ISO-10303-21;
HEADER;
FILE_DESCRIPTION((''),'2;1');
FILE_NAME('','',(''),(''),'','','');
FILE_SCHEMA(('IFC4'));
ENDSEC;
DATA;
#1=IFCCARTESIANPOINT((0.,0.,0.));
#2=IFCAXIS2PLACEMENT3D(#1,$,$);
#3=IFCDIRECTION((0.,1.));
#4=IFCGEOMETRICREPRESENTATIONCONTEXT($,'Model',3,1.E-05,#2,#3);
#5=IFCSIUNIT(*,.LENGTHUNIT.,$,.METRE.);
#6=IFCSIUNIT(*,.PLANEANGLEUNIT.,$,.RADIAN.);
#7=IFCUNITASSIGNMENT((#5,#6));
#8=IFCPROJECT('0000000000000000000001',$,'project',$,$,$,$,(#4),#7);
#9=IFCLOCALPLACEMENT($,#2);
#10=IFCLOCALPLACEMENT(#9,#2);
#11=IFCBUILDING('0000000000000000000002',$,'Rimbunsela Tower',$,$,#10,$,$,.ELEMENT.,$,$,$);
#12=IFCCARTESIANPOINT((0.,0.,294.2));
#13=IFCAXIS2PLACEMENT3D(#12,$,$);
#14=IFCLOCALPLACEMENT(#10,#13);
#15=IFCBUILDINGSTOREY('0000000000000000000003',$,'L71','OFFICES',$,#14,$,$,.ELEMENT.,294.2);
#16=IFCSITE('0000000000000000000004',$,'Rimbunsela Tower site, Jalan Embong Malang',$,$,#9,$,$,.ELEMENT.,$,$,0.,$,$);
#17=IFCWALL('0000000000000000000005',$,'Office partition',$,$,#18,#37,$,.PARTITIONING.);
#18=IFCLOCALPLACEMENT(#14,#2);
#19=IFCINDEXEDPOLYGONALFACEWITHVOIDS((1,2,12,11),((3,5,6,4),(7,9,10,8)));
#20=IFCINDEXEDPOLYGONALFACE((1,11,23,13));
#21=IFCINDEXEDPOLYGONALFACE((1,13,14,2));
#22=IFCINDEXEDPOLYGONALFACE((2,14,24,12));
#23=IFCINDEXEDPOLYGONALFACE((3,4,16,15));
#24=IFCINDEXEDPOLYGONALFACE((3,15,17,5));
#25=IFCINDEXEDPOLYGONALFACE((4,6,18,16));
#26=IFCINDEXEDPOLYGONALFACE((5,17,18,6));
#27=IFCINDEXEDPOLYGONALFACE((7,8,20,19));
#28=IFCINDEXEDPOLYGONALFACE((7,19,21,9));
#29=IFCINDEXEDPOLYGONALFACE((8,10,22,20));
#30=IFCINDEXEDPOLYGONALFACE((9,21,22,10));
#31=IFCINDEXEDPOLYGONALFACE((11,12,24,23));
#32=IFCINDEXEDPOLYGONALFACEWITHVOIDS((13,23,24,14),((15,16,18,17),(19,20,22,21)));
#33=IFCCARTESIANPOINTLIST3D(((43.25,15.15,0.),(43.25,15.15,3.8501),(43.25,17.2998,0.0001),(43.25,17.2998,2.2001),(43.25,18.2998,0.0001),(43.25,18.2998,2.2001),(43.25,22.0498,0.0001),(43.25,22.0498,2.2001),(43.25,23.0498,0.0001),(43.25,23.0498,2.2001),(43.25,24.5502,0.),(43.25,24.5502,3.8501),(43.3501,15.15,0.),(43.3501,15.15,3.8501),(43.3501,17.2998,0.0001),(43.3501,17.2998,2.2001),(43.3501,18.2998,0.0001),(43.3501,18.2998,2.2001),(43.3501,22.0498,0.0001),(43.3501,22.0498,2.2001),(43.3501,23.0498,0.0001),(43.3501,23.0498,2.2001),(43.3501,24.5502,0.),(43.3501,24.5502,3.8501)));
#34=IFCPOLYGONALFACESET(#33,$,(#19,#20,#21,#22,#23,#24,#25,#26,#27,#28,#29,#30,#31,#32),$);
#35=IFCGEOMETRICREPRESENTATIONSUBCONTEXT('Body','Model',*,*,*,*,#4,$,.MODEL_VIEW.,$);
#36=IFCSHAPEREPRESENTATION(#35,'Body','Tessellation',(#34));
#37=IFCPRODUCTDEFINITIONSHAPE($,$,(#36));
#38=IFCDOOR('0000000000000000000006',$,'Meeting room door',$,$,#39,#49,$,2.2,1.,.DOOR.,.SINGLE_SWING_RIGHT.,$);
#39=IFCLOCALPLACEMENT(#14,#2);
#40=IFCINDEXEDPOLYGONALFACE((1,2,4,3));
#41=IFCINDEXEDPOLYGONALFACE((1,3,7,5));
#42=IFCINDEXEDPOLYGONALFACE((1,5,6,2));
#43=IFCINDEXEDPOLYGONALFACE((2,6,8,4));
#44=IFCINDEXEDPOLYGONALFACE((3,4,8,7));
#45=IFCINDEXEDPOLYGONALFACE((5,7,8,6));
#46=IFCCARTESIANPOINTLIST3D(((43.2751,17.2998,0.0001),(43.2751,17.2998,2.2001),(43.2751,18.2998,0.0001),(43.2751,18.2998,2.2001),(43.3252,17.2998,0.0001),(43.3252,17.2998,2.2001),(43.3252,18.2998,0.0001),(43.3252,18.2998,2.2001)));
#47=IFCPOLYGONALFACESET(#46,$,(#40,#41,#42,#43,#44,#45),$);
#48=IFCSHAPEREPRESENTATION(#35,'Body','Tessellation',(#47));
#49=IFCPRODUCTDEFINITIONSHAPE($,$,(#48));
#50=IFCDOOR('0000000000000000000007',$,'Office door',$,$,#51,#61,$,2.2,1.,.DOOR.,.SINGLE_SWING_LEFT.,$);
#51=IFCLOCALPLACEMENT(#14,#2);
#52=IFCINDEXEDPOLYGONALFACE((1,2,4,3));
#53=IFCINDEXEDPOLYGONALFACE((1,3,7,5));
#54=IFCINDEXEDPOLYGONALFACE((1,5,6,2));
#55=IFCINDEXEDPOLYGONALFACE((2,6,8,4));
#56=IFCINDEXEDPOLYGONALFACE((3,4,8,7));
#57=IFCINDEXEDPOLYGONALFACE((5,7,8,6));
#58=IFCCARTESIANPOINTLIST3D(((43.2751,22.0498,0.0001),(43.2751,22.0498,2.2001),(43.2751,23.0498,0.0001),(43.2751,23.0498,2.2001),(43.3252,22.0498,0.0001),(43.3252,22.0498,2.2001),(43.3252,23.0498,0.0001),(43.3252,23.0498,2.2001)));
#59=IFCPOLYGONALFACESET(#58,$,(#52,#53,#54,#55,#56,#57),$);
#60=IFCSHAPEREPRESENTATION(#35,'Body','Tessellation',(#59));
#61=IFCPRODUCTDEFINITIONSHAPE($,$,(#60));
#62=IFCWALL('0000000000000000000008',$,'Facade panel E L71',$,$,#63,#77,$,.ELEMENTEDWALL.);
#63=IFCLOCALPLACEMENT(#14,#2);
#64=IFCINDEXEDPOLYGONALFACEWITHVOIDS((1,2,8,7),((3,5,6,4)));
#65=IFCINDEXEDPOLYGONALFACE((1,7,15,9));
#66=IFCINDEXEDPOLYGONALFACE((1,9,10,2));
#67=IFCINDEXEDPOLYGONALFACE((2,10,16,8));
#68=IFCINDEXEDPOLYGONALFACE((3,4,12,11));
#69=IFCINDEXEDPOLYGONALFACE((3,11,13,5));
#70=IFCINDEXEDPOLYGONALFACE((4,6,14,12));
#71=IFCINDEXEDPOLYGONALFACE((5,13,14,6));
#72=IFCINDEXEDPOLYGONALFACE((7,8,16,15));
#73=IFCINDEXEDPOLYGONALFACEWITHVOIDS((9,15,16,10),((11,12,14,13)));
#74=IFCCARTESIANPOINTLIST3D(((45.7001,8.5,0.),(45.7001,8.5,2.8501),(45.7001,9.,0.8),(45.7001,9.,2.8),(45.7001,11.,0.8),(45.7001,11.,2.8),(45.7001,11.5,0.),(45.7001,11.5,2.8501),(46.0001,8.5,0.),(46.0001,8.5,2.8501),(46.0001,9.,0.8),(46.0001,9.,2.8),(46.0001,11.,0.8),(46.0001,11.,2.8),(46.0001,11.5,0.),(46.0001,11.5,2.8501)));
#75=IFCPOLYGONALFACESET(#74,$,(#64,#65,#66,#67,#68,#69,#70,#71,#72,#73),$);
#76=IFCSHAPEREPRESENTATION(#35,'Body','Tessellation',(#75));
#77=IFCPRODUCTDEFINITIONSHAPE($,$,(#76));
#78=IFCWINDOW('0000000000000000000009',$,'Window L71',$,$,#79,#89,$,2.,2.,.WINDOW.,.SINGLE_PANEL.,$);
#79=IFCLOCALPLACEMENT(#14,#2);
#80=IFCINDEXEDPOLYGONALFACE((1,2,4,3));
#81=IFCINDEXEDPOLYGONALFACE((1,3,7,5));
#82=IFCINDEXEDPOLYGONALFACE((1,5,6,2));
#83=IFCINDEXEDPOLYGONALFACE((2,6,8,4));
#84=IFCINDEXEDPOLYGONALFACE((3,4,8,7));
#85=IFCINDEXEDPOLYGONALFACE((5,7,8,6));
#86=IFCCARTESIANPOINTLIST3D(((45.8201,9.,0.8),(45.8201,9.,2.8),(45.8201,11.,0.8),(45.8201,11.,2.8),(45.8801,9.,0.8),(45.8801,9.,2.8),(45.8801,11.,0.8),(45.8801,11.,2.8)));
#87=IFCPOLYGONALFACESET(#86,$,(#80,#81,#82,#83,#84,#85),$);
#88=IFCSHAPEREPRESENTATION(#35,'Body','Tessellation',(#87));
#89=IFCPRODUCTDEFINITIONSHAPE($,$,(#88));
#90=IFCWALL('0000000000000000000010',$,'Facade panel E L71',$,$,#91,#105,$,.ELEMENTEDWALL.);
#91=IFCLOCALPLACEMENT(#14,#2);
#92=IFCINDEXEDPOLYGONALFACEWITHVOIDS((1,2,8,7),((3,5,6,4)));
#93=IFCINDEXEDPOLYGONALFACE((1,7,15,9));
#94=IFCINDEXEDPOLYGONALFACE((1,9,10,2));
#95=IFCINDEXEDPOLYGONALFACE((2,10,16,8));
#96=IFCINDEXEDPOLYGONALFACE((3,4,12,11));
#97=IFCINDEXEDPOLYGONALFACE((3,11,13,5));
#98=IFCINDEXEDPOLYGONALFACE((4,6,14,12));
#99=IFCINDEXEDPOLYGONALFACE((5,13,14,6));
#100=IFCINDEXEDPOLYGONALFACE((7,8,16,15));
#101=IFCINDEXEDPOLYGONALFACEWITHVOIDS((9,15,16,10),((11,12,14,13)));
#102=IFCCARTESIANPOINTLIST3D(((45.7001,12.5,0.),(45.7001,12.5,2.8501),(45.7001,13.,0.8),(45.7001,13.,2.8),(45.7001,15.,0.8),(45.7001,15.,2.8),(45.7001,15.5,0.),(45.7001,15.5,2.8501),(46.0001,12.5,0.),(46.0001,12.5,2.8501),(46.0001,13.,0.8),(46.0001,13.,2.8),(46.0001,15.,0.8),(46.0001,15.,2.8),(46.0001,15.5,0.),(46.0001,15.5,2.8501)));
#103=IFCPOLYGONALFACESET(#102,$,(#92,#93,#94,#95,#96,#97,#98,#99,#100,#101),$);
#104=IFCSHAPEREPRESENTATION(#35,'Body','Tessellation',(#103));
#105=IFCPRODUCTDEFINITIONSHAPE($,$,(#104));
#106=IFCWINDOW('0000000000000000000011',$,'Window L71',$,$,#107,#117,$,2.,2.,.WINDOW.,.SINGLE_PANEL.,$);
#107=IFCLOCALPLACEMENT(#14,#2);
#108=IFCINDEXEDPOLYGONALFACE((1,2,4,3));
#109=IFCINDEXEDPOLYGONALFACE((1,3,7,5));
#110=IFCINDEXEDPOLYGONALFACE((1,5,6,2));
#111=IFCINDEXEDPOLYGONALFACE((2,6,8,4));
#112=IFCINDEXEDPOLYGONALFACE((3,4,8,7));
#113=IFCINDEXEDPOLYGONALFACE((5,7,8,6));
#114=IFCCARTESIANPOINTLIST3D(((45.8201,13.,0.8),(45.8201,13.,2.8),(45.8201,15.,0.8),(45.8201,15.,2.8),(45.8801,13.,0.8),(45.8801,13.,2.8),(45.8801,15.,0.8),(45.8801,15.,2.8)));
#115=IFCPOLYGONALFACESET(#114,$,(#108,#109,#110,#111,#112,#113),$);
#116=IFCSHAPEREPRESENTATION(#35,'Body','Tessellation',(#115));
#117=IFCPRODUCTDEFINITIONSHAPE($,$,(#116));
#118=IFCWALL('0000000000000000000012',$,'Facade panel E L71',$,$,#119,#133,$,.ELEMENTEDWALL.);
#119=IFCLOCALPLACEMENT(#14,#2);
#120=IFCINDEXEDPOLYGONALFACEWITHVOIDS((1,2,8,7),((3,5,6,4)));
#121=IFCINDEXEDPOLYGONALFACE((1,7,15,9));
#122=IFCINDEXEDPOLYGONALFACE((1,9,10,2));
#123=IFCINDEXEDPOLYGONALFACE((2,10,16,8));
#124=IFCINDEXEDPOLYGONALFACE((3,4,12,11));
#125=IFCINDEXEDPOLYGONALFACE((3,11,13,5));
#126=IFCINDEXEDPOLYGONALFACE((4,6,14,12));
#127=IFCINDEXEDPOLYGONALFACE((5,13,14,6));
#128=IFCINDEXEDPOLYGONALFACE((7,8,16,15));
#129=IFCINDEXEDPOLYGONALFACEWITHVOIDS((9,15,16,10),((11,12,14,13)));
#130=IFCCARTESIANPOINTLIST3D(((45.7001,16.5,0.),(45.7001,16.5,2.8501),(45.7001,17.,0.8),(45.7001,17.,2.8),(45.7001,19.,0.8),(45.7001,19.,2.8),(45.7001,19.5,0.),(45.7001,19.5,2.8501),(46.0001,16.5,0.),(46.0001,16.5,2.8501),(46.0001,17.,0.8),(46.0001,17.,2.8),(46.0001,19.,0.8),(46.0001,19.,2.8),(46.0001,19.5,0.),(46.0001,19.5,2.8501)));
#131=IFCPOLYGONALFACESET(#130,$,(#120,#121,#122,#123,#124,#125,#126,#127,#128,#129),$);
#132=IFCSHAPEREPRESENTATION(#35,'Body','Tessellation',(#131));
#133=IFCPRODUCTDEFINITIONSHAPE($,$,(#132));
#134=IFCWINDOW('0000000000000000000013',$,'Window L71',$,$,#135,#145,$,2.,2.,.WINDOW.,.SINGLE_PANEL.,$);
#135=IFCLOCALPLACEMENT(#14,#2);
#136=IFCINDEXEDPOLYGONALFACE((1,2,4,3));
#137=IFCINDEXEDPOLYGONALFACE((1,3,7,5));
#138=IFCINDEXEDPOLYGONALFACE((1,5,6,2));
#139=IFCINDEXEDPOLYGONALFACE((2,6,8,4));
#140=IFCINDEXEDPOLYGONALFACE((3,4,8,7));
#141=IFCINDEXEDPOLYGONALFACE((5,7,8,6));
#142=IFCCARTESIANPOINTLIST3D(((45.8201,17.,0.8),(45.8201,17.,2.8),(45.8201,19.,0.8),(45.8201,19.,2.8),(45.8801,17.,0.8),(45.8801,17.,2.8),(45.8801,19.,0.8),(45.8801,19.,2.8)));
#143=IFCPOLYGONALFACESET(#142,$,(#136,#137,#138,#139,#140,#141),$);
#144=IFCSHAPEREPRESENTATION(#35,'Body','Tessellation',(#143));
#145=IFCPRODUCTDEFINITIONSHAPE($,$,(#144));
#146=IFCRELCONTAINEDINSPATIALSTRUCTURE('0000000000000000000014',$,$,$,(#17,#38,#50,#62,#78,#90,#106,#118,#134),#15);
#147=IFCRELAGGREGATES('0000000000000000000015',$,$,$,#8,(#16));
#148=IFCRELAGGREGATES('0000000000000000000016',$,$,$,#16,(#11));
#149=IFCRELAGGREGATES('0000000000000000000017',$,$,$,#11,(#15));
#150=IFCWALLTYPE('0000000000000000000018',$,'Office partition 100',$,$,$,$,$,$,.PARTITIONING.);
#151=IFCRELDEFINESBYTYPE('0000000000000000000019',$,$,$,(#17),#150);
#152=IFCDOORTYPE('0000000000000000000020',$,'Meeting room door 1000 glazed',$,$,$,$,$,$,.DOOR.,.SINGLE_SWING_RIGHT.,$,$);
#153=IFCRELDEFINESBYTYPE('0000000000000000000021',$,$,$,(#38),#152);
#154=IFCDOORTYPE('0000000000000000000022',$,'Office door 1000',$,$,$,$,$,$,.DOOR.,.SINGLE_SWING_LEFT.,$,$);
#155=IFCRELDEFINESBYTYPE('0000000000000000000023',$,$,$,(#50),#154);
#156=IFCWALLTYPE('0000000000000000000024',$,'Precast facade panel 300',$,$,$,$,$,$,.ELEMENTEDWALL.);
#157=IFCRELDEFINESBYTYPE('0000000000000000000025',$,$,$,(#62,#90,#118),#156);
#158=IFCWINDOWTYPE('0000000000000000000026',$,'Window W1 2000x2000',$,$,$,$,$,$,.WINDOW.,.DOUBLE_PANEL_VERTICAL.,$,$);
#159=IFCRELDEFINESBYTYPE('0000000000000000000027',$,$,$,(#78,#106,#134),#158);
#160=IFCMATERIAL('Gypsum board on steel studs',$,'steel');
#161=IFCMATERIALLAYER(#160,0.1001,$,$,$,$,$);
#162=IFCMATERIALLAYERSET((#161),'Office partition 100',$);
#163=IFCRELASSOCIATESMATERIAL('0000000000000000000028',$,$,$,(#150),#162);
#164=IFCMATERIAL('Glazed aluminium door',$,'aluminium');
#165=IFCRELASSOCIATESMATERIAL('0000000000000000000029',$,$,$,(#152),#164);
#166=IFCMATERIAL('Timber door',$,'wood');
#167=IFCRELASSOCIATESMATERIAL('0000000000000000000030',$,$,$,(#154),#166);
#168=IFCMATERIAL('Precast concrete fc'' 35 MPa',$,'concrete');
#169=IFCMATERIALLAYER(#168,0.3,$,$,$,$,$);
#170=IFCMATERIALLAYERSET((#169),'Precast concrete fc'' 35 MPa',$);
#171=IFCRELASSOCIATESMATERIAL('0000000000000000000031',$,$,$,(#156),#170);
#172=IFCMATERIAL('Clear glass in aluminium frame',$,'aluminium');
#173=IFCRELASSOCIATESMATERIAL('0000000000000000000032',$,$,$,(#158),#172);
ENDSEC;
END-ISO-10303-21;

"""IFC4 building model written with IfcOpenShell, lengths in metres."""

from ifc_helpers import new_model, si_unit, direction, frame, frame_2d, origin, place, context, subcontext, project, spatial, rectangle, extrude, material, layer, layer_set, type_object, element, fill, save


model = new_model("IFC4")

# Units and contexts
model_context = context("Model", 3, precision=1e-05, world=origin(), true_north=direction((0.0, 1.0)))
body_context = subcontext(model_context, "Body", "Model", "MODEL_VIEW")
ifc_project = project(units=[si_unit("LENGTHUNIT", "METRE"), si_unit("PLANEANGLEUNIT", "RADIAN")], contexts=[model_context])

# Site, building, storey
site_placement = place(None, origin())
site = spatial("IfcSite", under=ifc_project, at=site_placement, Name="Rimbunsela Tower site, Jalan Embong Malang", CompositionType="ELEMENT", RefElevation=0.0)
building_placement = place(site_placement, origin())
building = spatial("IfcBuilding", under=site, at=building_placement, Name="Rimbunsela Tower", CompositionType="ELEMENT")
storey_placement = place(building_placement, frame((0.0, 0.0, 294.2)))
storey = spatial("IfcBuildingStorey", under=building, at=storey_placement, Name="L71", Description="OFFICES", CompositionType="ELEMENT", Elevation=294.2)

# Shared definitions
ifc_material_1 = material(Name="Gypsum board on steel studs", Category="steel")
ifc_layer_1 = layer(ifc_material_1, 0.1001)
ifc_layer_set_1 = layer_set([ifc_layer_1], Name="Office partition 100")
wall_type_1 = type_object("IfcWallType", Name="Office partition 100", PredefinedType="PARTITIONING", material=ifc_layer_set_1)

# Wall, openings, doors
wall_1_placement = place(storey_placement, frame((43.3, 15.1499, 0.0), z_axis=(0.0, 0.0, 1.0), x_axis=(0.0, 1.0, 0.0)))
wall_1 = element("IfcWall", 1, at=wall_1_placement, inside=storey, type_object=wall_type_1, Name="Office partition", PredefinedType="PARTITIONING", context=body_context, shape_type="SweptSolid", body=[
    extrude(rectangle(XDim=9.4001, YDim=0.1001, at=frame_2d((4.7002, 0.0))), origin(), (0.0, 0.0, 1.0), 3.8501),
])
opening_1_placement = place(wall_1_placement, frame((2.1499, 0.0, 0.0)))
opening_1 = element("IfcOpeningElement", 2, at=opening_1_placement, cuts=wall_1, PredefinedType="OPENING", context=body_context, shape_type="SweptSolid", body=[
    extrude(rectangle(XDim=1.0, YDim=2.2, at=frame_2d((0.5, 1.1001))), frame((0.0, 0.0601, 0.0), z_axis=(0.0, -1.0, 0.0), x_axis=(1.0, 0.0, 0.0)), (0.0, 0.0, 1.0), 0.1201),
])
opening_2_placement = place(wall_1_placement, frame((6.8999, 0.0, 0.0)))
opening_2 = element("IfcOpeningElement", 3, at=opening_2_placement, cuts=wall_1, PredefinedType="OPENING", context=body_context, shape_type="SweptSolid", body=[
    extrude(rectangle(XDim=1.0, YDim=2.2, at=frame_2d((0.5, 1.1001))), frame((0.0, 0.0601, 0.0), z_axis=(0.0, -1.0, 0.0), x_axis=(1.0, 0.0, 0.0)), (0.0, 0.0, 1.0), 0.1201),
])
ifc_material_2 = material(Name="Glazed aluminium door", Category="aluminium")
door_type_1 = type_object("IfcDoorType", Name="Meeting room door 1000 glazed", OperationType="SINGLE_SWING_RIGHT", PredefinedType="DOOR", material=ifc_material_2)
door_1_placement = place(opening_1_placement, origin())
door_1 = element("IfcDoor", 4, at=door_1_placement, inside=storey, type_object=door_type_1, Name="Meeting room door", OperationType="SINGLE_SWING_RIGHT", OverallHeight=2.2, OverallWidth=1.0, PredefinedType="DOOR", context=body_context, shape_type="SweptSolid", body=[
    extrude(rectangle(XDim=1.0, YDim=2.2, at=frame_2d((0.5, 1.1001))), frame((0.0, 0.0249, 0.0), z_axis=(0.0, -1.0, 0.0), x_axis=(1.0, 0.0, 0.0)), (0.0, 0.0, 1.0), 0.05),
])
fill(opening_1, door_1)
ifc_material_3 = material(Name="Timber door", Category="wood")
door_type_2 = type_object("IfcDoorType", Name="Office door 1000", OperationType="SINGLE_SWING_LEFT", PredefinedType="DOOR", material=ifc_material_3)
door_2_placement = place(opening_2_placement, origin())
door_2 = element("IfcDoor", 5, at=door_2_placement, inside=storey, type_object=door_type_2, Name="Office door", OperationType="SINGLE_SWING_LEFT", OverallHeight=2.2, OverallWidth=1.0, PredefinedType="DOOR", context=body_context, shape_type="SweptSolid", body=[
    extrude(rectangle(XDim=1.0, YDim=2.2, at=frame_2d((0.5, 1.1001))), frame((0.0, 0.0249, 0.0), z_axis=(0.0, -1.0, 0.0), x_axis=(1.0, 0.0, 0.0)), (0.0, 0.0, 1.0), 0.05),
])
fill(opening_2, door_2)

# Walls, openings, windows
ifc_material_4 = material(Name="Precast concrete fc' 35 MPa", Category="concrete")
ifc_layer_2 = layer(ifc_material_4, 0.3)
ifc_layer_set_2 = layer_set([ifc_layer_2], Name="Precast concrete fc' 35 MPa")
wall_type_2 = type_object("IfcWallType", Name="Precast facade panel 300", PredefinedType="ELEMENTEDWALL", material=ifc_layer_set_2)
wall_2_placement = place(storey_placement, frame((45.8501, 8.5, 0.0), z_axis=(0.0, 0.0, 1.0), x_axis=(0.0, 1.0, 0.0)))
wall_2 = element("IfcWall", 6, at=wall_2_placement, inside=storey, type_object=wall_type_2, Name="Facade panel E L71", PredefinedType="ELEMENTEDWALL", context=body_context, shape_type="SweptSolid", body=[
    extrude(rectangle(XDim=3.0, YDim=0.3, at=frame_2d((1.5, 0.0))), origin(), (0.0, 0.0, 1.0), 2.8501),
])
opening_3_placement = place(wall_2_placement, frame((0.5, 0.0, 0.8)))
opening_3 = element("IfcOpeningElement", 7, at=opening_3_placement, cuts=wall_2, PredefinedType="OPENING", context=body_context, shape_type="SweptSolid", body=[
    extrude(rectangle(XDim=2.0, YDim=2.0, at=frame_2d((1.0, 1.0))), frame((0.0, 0.1599, 0.0), z_axis=(0.0, -1.0, 0.0), x_axis=(1.0, 0.0, 0.0)), (0.0, 0.0, 1.0), 0.3201),
])
ifc_material_5 = material(Name="Clear glass in aluminium frame", Category="aluminium")
window_type = type_object("IfcWindowType", Name="Window W1 2000x2000", PartitioningType="DOUBLE_PANEL_VERTICAL", PredefinedType="WINDOW", material=ifc_material_5)
window_1_placement = place(opening_3_placement, origin())
window_1 = element("IfcWindow", 8, at=window_1_placement, inside=storey, type_object=window_type, Name="Window L71", OverallHeight=2.0, OverallWidth=2.0, PartitioningType="SINGLE_PANEL", PredefinedType="WINDOW", context=body_context, shape_type="SweptSolid", body=[
    extrude(rectangle(XDim=2.0, YDim=2.0, at=frame_2d((1.0, 1.0))), frame((0.0, 0.03, 0.0), z_axis=(0.0, -1.0, 0.0), x_axis=(1.0, 0.0, 0.0)), (0.0, 0.0, 1.0), 0.0601),
])
fill(opening_3, window_1)
wall_3_placement = place(storey_placement, frame((45.8501, 12.5, 0.0), z_axis=(0.0, 0.0, 1.0), x_axis=(0.0, 1.0, 0.0)))
wall_3 = element("IfcWall", 9, at=wall_3_placement, inside=storey, type_object=wall_type_2, Name="Facade panel E L71", PredefinedType="ELEMENTEDWALL", context=body_context, shape_type="SweptSolid", body=[
    extrude(rectangle(XDim=3.0, YDim=0.3, at=frame_2d((1.5, 0.0))), origin(), (0.0, 0.0, 1.0), 2.8501),
])
opening_4_placement = place(wall_3_placement, frame((0.5, 0.0, 0.8)))
opening_4 = element("IfcOpeningElement", 10, at=opening_4_placement, cuts=wall_3, PredefinedType="OPENING", context=body_context, shape_type="SweptSolid", body=[
    extrude(rectangle(XDim=2.0, YDim=2.0, at=frame_2d((1.0, 1.0))), frame((0.0, 0.1599, 0.0), z_axis=(0.0, -1.0, 0.0), x_axis=(1.0, 0.0, 0.0)), (0.0, 0.0, 1.0), 0.3201),
])
window_2_placement = place(opening_4_placement, origin())
window_2 = element("IfcWindow", 11, at=window_2_placement, inside=storey, type_object=window_type, Name="Window L71", OverallHeight=2.0, OverallWidth=2.0, PartitioningType="SINGLE_PANEL", PredefinedType="WINDOW", context=body_context, shape_type="SweptSolid", body=[
    extrude(rectangle(XDim=2.0, YDim=2.0, at=frame_2d((1.0, 1.0))), frame((0.0, 0.03, 0.0), z_axis=(0.0, -1.0, 0.0), x_axis=(1.0, 0.0, 0.0)), (0.0, 0.0, 1.0), 0.0601),
])
fill(opening_4, window_2)
wall_4_placement = place(storey_placement, frame((45.8501, 16.5, 0.0), z_axis=(0.0, 0.0, 1.0), x_axis=(0.0, 1.0, 0.0)))
wall_4 = element("IfcWall", 12, at=wall_4_placement, inside=storey, type_object=wall_type_2, Name="Facade panel E L71", PredefinedType="ELEMENTEDWALL", context=body_context, shape_type="SweptSolid", body=[
    extrude(rectangle(XDim=3.0, YDim=0.3, at=frame_2d((1.5, 0.0))), origin(), (0.0, 0.0, 1.0), 2.8501),
])
opening_5_placement = place(wall_4_placement, frame((0.5, 0.0, 0.8)))
opening_5 = element("IfcOpeningElement", 13, at=opening_5_placement, cuts=wall_4, PredefinedType="OPENING", context=body_context, shape_type="SweptSolid", body=[
    extrude(rectangle(XDim=2.0, YDim=2.0, at=frame_2d((1.0, 1.0))), frame((0.0, 0.1599, 0.0), z_axis=(0.0, -1.0, 0.0), x_axis=(1.0, 0.0, 0.0)), (0.0, 0.0, 1.0), 0.3201),
])
window_3_placement = place(opening_5_placement, origin())
window_3 = element("IfcWindow", 14, at=window_3_placement, inside=storey, type_object=window_type, Name="Window L71", OverallHeight=2.0, OverallWidth=2.0, PartitioningType="SINGLE_PANEL", PredefinedType="WINDOW", context=body_context, shape_type="SweptSolid", body=[
    extrude(rectangle(XDim=2.0, YDim=2.0, at=frame_2d((1.0, 1.0))), frame((0.0, 0.03, 0.0), z_axis=(0.0, -1.0, 0.0), x_axis=(1.0, 0.0, 0.0)), (0.0, 0.0, 1.0), 0.0601),
])
fill(opening_5, window_3)

save(model, "model.ifc")
